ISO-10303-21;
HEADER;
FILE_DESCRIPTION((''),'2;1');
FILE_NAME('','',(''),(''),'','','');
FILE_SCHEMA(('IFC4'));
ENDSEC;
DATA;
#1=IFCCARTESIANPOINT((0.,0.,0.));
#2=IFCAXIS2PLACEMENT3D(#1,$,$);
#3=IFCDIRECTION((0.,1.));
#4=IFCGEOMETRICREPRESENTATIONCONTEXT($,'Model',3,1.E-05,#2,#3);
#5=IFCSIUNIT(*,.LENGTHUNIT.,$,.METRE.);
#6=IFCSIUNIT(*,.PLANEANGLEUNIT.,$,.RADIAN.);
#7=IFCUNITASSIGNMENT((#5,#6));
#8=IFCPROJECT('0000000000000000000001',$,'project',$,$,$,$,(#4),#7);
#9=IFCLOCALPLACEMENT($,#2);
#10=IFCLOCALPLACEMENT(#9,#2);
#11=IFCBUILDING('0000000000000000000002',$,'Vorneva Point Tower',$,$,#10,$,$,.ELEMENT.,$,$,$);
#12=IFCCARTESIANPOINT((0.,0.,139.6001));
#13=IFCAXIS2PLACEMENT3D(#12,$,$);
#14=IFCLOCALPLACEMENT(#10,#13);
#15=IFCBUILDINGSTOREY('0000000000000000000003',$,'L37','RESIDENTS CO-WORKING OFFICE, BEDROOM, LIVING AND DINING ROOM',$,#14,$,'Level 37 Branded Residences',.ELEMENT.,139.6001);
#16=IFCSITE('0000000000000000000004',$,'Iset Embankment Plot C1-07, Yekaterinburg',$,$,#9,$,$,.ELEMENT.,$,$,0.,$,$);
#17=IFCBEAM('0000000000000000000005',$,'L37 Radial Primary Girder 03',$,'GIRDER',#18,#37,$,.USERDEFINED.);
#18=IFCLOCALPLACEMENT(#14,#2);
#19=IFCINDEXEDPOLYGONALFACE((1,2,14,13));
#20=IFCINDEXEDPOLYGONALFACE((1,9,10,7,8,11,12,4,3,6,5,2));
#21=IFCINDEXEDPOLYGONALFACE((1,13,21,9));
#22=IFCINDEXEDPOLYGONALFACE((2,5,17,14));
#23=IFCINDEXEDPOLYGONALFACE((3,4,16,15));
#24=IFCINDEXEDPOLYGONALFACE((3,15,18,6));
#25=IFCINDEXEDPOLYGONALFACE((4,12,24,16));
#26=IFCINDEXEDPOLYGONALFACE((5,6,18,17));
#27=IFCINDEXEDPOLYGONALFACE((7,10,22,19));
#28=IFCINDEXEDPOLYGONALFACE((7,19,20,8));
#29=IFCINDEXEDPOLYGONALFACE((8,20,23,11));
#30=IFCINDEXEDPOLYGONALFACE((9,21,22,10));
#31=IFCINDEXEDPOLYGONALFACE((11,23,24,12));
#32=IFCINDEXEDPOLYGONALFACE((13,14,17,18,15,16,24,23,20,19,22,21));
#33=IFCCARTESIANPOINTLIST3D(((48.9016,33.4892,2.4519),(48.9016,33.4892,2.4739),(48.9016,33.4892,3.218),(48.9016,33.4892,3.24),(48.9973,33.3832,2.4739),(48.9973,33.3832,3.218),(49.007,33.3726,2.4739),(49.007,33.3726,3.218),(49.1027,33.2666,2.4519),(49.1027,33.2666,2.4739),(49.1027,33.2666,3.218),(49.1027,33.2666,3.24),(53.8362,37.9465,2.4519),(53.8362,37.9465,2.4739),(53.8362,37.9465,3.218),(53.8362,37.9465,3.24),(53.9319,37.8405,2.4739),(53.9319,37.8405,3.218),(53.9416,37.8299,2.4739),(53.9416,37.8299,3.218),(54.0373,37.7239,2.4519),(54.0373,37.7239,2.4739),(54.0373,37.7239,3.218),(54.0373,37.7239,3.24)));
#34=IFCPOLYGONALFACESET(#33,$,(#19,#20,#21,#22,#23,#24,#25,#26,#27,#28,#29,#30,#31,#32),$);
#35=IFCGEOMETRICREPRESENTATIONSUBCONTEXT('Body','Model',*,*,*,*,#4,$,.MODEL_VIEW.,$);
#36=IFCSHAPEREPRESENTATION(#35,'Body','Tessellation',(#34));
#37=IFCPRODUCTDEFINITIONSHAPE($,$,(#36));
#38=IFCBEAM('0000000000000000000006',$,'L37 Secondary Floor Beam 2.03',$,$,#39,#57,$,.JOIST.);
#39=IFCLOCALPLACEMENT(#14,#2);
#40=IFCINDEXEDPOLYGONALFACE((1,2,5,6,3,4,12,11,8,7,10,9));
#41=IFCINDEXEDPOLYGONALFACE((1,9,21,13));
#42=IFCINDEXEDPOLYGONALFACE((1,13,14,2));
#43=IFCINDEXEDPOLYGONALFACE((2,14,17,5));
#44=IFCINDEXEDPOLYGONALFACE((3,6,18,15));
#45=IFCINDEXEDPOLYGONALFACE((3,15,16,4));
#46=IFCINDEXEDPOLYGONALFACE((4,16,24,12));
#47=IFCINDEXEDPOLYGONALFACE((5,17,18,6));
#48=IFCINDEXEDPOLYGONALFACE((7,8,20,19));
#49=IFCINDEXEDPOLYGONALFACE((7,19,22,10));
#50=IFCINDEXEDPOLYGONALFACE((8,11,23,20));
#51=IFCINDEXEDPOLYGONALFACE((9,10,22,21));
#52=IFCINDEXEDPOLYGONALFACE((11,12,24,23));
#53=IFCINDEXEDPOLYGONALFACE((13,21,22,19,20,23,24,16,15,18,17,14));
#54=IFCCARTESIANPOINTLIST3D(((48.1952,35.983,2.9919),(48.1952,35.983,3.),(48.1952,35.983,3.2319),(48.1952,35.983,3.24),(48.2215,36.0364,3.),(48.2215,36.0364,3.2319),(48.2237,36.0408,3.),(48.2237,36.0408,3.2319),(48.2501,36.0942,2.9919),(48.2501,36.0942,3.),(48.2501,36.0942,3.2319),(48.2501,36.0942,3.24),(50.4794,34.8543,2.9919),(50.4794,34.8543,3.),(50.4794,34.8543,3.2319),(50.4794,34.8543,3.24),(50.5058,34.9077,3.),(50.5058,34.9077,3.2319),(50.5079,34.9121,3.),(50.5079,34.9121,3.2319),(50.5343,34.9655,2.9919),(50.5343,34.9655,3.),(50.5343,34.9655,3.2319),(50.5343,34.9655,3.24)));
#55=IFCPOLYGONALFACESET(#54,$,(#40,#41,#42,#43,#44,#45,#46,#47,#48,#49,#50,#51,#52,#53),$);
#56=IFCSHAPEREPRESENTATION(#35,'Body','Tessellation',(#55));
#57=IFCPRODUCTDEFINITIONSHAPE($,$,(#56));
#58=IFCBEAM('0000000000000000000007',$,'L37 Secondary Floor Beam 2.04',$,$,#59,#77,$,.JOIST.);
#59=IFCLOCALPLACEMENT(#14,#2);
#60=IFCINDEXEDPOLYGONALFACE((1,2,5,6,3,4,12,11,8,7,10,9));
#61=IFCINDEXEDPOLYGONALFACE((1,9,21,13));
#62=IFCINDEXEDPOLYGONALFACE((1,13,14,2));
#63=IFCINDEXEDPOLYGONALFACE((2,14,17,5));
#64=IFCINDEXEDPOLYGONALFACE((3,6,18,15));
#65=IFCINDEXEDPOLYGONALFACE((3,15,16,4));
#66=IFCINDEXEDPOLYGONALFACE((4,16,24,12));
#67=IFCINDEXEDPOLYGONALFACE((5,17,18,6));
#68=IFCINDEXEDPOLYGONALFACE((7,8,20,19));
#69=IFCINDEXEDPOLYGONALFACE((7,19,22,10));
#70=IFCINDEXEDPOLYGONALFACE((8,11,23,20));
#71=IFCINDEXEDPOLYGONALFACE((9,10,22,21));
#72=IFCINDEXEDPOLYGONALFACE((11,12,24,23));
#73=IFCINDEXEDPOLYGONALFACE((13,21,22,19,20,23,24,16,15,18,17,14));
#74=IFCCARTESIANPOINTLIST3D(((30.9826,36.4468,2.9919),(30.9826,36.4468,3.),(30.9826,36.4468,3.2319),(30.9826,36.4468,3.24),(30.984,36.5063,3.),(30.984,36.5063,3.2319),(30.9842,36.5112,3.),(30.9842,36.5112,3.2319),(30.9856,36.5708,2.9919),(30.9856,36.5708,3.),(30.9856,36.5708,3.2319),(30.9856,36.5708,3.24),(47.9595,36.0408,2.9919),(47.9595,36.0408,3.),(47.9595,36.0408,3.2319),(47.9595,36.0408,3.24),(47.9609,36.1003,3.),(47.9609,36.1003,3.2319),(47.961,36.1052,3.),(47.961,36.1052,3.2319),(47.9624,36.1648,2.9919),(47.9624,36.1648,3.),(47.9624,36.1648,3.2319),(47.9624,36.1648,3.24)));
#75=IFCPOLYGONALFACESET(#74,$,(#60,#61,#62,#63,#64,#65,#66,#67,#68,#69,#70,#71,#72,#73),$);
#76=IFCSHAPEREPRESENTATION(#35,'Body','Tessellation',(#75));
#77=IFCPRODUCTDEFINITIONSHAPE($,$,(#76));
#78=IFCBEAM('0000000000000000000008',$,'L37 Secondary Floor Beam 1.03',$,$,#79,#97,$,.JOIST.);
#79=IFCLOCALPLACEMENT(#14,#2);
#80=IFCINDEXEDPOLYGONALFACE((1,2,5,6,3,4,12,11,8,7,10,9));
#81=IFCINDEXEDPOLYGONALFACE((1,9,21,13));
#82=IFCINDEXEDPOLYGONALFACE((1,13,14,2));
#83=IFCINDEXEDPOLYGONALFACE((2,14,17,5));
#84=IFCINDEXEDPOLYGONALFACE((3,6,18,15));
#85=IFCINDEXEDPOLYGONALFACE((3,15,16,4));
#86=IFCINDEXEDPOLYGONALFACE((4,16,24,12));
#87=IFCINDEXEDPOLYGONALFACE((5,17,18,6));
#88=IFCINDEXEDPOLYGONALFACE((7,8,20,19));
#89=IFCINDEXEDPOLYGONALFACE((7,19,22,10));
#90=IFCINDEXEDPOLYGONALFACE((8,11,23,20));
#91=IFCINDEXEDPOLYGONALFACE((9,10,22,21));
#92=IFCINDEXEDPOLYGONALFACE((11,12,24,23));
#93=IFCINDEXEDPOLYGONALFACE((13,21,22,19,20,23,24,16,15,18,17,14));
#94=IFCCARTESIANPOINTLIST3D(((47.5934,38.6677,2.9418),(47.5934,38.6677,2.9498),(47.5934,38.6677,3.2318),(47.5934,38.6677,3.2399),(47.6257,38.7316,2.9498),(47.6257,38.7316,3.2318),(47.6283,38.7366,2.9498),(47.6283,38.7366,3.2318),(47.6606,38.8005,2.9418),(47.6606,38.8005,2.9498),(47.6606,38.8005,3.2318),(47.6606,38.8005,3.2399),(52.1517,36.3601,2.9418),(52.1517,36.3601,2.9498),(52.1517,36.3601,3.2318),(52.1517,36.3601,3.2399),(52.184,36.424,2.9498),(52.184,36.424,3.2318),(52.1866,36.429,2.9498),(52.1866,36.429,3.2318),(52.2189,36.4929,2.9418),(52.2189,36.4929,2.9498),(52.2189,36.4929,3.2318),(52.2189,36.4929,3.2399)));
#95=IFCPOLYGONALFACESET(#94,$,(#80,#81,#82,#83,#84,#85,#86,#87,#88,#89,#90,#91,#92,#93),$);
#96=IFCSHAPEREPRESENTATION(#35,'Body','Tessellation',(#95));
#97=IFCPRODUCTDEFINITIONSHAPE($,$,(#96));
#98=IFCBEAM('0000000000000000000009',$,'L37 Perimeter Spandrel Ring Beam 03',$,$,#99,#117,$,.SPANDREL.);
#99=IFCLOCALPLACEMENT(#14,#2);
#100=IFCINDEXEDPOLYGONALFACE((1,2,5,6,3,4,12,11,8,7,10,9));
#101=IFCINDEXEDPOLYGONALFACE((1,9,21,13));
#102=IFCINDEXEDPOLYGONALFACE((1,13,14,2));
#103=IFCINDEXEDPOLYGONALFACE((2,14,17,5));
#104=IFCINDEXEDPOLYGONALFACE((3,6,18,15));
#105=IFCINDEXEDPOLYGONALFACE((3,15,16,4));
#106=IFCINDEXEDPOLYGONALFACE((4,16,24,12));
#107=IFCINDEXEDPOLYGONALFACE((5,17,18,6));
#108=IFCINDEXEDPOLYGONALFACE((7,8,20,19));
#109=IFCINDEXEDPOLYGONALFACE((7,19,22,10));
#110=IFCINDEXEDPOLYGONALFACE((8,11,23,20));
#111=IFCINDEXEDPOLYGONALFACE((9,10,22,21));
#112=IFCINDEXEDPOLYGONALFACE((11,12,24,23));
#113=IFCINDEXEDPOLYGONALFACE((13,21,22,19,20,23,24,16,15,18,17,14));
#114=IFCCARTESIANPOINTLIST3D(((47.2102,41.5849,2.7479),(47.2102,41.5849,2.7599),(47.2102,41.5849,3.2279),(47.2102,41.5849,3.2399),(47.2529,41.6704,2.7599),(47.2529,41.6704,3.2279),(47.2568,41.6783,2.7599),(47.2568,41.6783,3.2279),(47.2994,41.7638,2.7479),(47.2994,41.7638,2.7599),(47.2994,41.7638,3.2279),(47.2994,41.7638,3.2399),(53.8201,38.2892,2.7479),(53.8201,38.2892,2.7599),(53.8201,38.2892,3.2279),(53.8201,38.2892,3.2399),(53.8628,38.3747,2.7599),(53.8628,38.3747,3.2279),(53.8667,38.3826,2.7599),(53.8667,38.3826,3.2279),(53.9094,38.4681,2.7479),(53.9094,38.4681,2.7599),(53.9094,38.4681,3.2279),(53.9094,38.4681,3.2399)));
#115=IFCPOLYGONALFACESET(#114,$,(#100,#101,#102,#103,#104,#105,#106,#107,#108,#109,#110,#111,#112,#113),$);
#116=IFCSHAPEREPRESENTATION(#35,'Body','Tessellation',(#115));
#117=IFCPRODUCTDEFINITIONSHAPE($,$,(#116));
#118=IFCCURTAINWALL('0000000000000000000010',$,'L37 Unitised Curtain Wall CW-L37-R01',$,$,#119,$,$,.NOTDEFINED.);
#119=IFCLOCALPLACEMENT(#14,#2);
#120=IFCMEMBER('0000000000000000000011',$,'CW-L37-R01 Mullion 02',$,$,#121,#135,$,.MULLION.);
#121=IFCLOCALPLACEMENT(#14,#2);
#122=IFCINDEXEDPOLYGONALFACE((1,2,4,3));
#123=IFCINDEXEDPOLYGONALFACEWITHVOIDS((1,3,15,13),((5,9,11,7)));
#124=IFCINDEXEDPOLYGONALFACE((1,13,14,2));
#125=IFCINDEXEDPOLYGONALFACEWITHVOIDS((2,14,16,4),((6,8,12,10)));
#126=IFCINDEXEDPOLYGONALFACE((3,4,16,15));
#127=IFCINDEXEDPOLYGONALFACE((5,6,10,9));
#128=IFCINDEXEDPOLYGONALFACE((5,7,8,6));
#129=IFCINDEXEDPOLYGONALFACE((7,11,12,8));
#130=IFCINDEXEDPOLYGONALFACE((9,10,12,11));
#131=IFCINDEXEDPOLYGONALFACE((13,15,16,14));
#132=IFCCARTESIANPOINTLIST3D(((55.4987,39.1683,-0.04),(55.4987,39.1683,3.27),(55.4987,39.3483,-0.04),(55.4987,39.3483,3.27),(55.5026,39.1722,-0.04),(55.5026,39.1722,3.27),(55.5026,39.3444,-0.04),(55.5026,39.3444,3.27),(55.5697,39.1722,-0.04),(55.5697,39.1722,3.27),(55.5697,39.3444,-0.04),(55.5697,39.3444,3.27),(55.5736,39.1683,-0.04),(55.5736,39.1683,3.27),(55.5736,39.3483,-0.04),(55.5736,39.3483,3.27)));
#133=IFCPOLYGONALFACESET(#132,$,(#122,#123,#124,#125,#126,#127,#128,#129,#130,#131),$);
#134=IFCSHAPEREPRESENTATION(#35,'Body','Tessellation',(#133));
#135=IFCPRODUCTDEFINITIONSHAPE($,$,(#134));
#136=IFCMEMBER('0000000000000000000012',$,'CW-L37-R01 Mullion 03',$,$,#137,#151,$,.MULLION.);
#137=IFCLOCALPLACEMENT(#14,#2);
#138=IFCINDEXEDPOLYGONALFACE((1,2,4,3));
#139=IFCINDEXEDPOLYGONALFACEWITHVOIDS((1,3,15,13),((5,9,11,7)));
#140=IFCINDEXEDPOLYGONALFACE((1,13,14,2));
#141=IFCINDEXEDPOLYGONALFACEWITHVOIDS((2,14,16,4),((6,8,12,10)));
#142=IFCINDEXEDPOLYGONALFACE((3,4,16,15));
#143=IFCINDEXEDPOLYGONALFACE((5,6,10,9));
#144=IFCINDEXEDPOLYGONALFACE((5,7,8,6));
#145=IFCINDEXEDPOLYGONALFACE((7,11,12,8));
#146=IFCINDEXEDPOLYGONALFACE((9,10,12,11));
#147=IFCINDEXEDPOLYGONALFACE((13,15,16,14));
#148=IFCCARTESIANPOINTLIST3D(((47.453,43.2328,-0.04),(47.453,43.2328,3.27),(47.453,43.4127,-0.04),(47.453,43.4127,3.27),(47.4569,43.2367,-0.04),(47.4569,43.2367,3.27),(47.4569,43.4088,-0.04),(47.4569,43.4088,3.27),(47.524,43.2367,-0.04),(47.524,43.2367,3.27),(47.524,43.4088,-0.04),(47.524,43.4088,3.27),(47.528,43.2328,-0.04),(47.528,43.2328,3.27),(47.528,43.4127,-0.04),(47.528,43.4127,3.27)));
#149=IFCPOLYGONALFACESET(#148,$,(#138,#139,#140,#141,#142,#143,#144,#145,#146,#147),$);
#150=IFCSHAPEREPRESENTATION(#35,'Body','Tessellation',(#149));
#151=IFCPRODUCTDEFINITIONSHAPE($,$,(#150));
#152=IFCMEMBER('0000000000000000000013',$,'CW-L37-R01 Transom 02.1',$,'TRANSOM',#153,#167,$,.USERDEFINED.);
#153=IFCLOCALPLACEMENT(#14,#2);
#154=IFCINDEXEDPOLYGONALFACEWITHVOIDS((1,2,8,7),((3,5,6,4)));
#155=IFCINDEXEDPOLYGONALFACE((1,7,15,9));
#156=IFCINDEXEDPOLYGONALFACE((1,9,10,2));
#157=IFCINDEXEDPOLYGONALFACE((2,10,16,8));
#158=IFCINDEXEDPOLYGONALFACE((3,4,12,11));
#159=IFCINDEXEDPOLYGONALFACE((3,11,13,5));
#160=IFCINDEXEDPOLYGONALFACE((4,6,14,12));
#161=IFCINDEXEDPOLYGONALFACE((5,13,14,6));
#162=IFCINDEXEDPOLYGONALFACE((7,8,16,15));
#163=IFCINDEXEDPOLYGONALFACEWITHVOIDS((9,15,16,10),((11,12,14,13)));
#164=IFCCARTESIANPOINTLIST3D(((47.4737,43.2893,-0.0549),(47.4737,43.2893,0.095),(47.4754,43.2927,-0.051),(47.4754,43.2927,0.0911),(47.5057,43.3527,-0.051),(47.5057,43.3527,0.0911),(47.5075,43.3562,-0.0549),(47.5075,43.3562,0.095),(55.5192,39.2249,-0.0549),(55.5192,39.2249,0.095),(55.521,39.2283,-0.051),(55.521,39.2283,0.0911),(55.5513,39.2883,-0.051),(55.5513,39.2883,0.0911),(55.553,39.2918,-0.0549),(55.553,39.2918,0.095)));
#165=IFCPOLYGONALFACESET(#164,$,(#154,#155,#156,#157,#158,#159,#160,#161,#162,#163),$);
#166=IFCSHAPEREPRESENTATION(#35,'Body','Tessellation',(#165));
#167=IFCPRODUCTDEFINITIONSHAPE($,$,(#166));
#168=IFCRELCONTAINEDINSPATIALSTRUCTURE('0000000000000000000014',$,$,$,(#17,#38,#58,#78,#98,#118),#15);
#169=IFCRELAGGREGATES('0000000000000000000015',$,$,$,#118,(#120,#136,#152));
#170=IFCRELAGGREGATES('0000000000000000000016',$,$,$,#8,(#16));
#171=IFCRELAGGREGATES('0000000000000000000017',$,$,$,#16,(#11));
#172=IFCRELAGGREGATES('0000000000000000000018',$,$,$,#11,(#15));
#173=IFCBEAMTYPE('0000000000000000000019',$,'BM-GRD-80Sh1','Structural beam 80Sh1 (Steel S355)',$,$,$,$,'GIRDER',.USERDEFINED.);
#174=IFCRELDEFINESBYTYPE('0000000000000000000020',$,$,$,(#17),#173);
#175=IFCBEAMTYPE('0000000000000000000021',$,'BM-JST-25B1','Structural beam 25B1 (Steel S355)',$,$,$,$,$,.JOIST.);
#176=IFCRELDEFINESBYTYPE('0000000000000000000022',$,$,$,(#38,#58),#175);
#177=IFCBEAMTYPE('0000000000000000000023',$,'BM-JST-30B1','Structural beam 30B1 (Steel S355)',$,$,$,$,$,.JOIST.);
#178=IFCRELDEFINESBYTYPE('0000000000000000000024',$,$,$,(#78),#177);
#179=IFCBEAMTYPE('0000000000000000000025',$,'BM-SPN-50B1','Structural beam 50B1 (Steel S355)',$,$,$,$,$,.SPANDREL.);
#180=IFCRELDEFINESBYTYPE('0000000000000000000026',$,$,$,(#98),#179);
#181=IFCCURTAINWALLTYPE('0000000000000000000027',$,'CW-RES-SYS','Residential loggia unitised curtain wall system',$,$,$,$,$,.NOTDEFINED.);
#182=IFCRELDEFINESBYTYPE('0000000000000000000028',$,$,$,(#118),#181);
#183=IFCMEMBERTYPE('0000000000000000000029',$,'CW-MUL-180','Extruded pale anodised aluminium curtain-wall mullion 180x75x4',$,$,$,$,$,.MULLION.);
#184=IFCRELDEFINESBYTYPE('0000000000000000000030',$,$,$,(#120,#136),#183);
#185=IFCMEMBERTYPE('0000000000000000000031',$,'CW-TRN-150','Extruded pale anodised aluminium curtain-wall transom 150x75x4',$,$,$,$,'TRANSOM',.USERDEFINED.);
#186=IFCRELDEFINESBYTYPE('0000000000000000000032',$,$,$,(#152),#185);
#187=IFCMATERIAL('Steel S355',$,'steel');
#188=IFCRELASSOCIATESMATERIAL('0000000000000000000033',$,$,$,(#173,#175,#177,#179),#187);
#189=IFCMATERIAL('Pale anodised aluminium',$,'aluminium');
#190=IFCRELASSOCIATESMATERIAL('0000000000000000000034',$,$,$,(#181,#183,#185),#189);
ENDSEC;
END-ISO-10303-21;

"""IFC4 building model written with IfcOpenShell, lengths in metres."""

from ifc_helpers import new_model, si_unit, direction, frame, origin, origin_2d, place, context, subcontext, project, spatial, hollow_rectangle, i_section, extrude, material, material_profile, profile_set, type_object, element, aggregate, save


model = new_model("IFC4")

# Units and contexts
model_context = context("Model", 3, precision=1e-05, world=origin(), true_north=direction((0.0, 1.0)))
body_context = subcontext(model_context, "Body", "Model", "MODEL_VIEW")
ifc_project = project(units=[si_unit("LENGTHUNIT", "METRE"), si_unit("PLANEANGLEUNIT", "RADIAN")], contexts=[model_context])

# Site, building, storey
site_placement = place(None, origin())
site = spatial("IfcSite", under=ifc_project, at=site_placement, Name="Iset Embankment Plot C1-07, Yekaterinburg", CompositionType="ELEMENT", RefElevation=0.0)
building_placement = place(site_placement, origin())
building = spatial("IfcBuilding", under=site, at=building_placement, Name="Vorneva Point Tower", CompositionType="ELEMENT")
storey_placement = place(building_placement, frame((0.0, 0.0, 139.6001)))
storey = spatial("IfcBuildingStorey", under=building, at=storey_placement, Name="L37", Description="RESIDENTS CO-WORKING OFFICE, BEDROOM, LIVING AND DINING ROOM", LongName="Level 37 Branded Residences", CompositionType="ELEMENT", Elevation=139.6001)

# Beams
ifc_material_1 = material(Name="Steel S355", Category="steel")
ifc_material_profile_1 = material_profile(ifc_material_1, i_section(OverallWidth=0.3, OverallDepth=0.7881, WebThickness=0.0144, FlangeThickness=0.022, at=origin_2d()), Name="80Sh1")
ifc_profile_set_1 = profile_set([ifc_material_profile_1], Name="Steel S355")
beam_type_1 = type_object("IfcBeamType", Name="BM-GRD-80Sh1", Description="Structural beam 80Sh1 (Steel S355)", ElementType="GIRDER", PredefinedType="USERDEFINED", material=ifc_profile_set_1)
beam_1_placement = place(storey_placement, frame((53.9368, 37.8352, 2.8459), z_axis=(-0.742084, -0.670306, 0.0), x_axis=(0.670306, -0.742084, 0.0)))
element("IfcBeam", 1, at=beam_1_placement, inside=storey, type_object=beam_type_1, Name="L37 Radial Primary Girder 03", ObjectType="GIRDER", PredefinedType="USERDEFINED", context=body_context, shape_type="SweptSolid", body=[
    extrude(i_section(OverallWidth=0.3, OverallDepth=0.7881, WebThickness=0.0144, FlangeThickness=0.022, at=origin_2d()), origin(), (0.0, 0.0, 1.0), 6.6497),
])
ifc_material_profile_2 = material_profile(ifc_material_1, i_section(OverallWidth=0.124, OverallDepth=0.248, WebThickness=0.0049, FlangeThickness=0.0081, at=origin_2d()), Name="25B1")
ifc_profile_set_2 = profile_set([ifc_material_profile_2], Name="Steel S355")
beam_type_2 = type_object("IfcBeamType", Name="BM-JST-25B1", Description="Structural beam 25B1 (Steel S355)", PredefinedType="JOIST", material=ifc_profile_set_2)
beam_2_placement = place(storey_placement, frame((50.5068, 34.9099, 3.116), z_axis=(-0.896525, 0.442992, 0.0), x_axis=(-0.442992, -0.896525, 0.0)))
element("IfcBeam", 2, at=beam_2_placement, inside=storey, type_object=beam_type_2, Name="L37 Secondary Floor Beam 2.03", PredefinedType="JOIST", context=body_context, shape_type="SweptSolid", body=[
    extrude(i_section(OverallWidth=0.124, OverallDepth=0.248, WebThickness=0.0049, FlangeThickness=0.0081, at=origin_2d()), origin(), (0.0, 0.0, 1.0), 2.5479),
])
beam_3_placement = place(storey_placement, frame((47.9609, 36.1028, 3.116), z_axis=(-0.999714, 0.023908, 0.0), x_axis=(-0.023908, -0.999714, 0.0)))
element("IfcBeam", 3, at=beam_3_placement, inside=storey, type_object=beam_type_2, Name="L37 Secondary Floor Beam 2.04", PredefinedType="JOIST", context=body_context, shape_type="SweptSolid", body=[
    extrude(i_section(OverallWidth=0.124, OverallDepth=0.248, WebThickness=0.0049, FlangeThickness=0.0081, at=origin_2d()), origin(), (0.0, 0.0, 1.0), 16.9817),
])
ifc_material_profile_3 = material_profile(ifc_material_1, i_section(OverallWidth=0.1489, OverallDepth=0.2981, WebThickness=0.0056, FlangeThickness=0.0081, at=origin_2d()), Name="30B1")
ifc_profile_set_3 = profile_set([ifc_material_profile_3], Name="Steel S355")
beam_type_3 = type_object("IfcBeamType", Name="BM-JST-30B1", Description="Structural beam 30B1 (Steel S355)", PredefinedType="JOIST", material=ifc_profile_set_3)
beam_4_placement = place(storey_placement, frame((52.1853, 36.4265, 3.0908), z_axis=(-0.892189, 0.451662, 0.0), x_axis=(-0.451662, -0.892189, 0.0)))
element("IfcBeam", 4, at=beam_4_placement, inside=storey, type_object=beam_type_3, Name="L37 Secondary Floor Beam 1.03", PredefinedType="JOIST", context=body_context, shape_type="SweptSolid", body=[
    extrude(i_section(OverallWidth=0.1489, OverallDepth=0.2981, WebThickness=0.0056, FlangeThickness=0.0081, at=origin_2d()), origin(), (0.0, 0.0, 1.0), 5.1091),
])
ifc_material_profile_4 = material_profile(ifc_material_1, i_section(OverallWidth=0.2, OverallDepth=0.4919, WebThickness=0.0088, FlangeThickness=0.012, at=origin_2d()), Name="50B1")
ifc_profile_set_4 = profile_set([ifc_material_profile_4], Name="Steel S355")
beam_type_4 = type_object("IfcBeamType", Name="BM-SPN-50B1", Description="Structural beam 50B1 (Steel S355)", PredefinedType="SPANDREL", material=ifc_profile_set_4)
beam_5_placement = place(storey_placement, frame((53.8647, 38.3787, 2.9939), z_axis=(-0.894929, 0.446208, 0.0), x_axis=(-0.446208, -0.894929, 0.0)))
element("IfcBeam", 5, at=beam_5_placement, inside=storey, type_object=beam_type_4, Name="L37 Perimeter Spandrel Ring Beam 03", PredefinedType="SPANDREL", context=body_context, shape_type="SweptSolid", body=[
    extrude(i_section(OverallWidth=0.2, OverallDepth=0.4919, WebThickness=0.0088, FlangeThickness=0.012, at=origin_2d()), origin(), (0.0, 0.0, 1.0), 7.386),
])

# Curtain wall, members
ifc_material_2 = material(Name="Pale anodised aluminium", Category="aluminium")
curtain_wall_type = type_object("IfcCurtainWallType", Name="CW-RES-SYS", Description="Residential loggia unitised curtain wall system", PredefinedType="NOTDEFINED", material=ifc_material_2)
curtain_wall_placement = place(storey_placement, origin())
curtain_wall = element("IfcCurtainWall", 6, at=curtain_wall_placement, inside=storey, type_object=curtain_wall_type, Name="L37 Unitised Curtain Wall CW-L37-R01", PredefinedType="NOTDEFINED")
ifc_material_profile_5 = material_profile(ifc_material_2, hollow_rectangle(XDim=0.075, YDim=0.1799, WallThickness=0.0039, at=origin_2d()), Name="AL-MUL 180x75x4")
ifc_profile_set_5 = profile_set([ifc_material_profile_5], Name="Pale anodised aluminium")
member_type_1 = type_object("IfcMemberType", Name="CW-MUL-180", Description="Extruded pale anodised aluminium curtain-wall mullion 180x75x4", PredefinedType="MULLION", material=ifc_profile_set_5)
member_1_placement = place(storey_placement, frame((55.5361, 39.2583, -0.04), z_axis=(0.0, 0.0, 1.0), x_axis=(1.0, 0.0, 0.0)))
member_1 = element("IfcMember", 7, at=member_1_placement, type_object=member_type_1, Name="CW-L37-R01 Mullion 02", PredefinedType="MULLION", context=body_context, shape_type="SweptSolid", body=[
    extrude(hollow_rectangle(XDim=0.075, YDim=0.1799, WallThickness=0.0039, at=origin_2d()), origin(), (0.0, 0.0, 1.0), 3.3101),
])
member_2_placement = place(storey_placement, frame((47.4905, 43.3228, -0.04), z_axis=(0.0, 0.0, 1.0), x_axis=(1.0, 0.0, 0.0)))
member_2 = element("IfcMember", 8, at=member_2_placement, type_object=member_type_1, Name="CW-L37-R01 Mullion 03", PredefinedType="MULLION", context=body_context, shape_type="SweptSolid", body=[
    extrude(hollow_rectangle(XDim=0.075, YDim=0.1799, WallThickness=0.0039, at=origin_2d()), origin(), (0.0, 0.0, 1.0), 3.3101),
])
ifc_material_profile_6 = material_profile(ifc_material_2, hollow_rectangle(XDim=0.075, YDim=0.1499, WallThickness=0.0039, at=origin_2d()), Name="AL-TRN 150x75x4")
ifc_profile_set_6 = profile_set([ifc_material_profile_6], Name="Pale anodised aluminium")
member_type_2 = type_object("IfcMemberType", Name="CW-TRN-150", Description="Extruded pale anodised aluminium curtain-wall transom 150x75x4", ElementType="TRANSOM", PredefinedType="USERDEFINED", material=ifc_profile_set_6)
member_3_placement = place(storey_placement, frame((55.5361, 39.2583, 0.02), z_axis=(-0.892572, 0.450904, 0.0), x_axis=(-0.450904, -0.892572, 0.0)))
member_3 = element("IfcMember", 9, at=member_3_placement, type_object=member_type_2, Name="CW-L37-R01 Transom 02.1", ObjectType="TRANSOM", PredefinedType="USERDEFINED", context=body_context, shape_type="SweptSolid", body=[
    extrude(hollow_rectangle(XDim=0.075, YDim=0.1499, WallThickness=0.0039, at=origin_2d()), origin(), (0.0, 0.0, 1.0), 9.0139),
])
aggregate(curtain_wall, [member_1, member_2, member_3])

save(model, "model.ifc")
